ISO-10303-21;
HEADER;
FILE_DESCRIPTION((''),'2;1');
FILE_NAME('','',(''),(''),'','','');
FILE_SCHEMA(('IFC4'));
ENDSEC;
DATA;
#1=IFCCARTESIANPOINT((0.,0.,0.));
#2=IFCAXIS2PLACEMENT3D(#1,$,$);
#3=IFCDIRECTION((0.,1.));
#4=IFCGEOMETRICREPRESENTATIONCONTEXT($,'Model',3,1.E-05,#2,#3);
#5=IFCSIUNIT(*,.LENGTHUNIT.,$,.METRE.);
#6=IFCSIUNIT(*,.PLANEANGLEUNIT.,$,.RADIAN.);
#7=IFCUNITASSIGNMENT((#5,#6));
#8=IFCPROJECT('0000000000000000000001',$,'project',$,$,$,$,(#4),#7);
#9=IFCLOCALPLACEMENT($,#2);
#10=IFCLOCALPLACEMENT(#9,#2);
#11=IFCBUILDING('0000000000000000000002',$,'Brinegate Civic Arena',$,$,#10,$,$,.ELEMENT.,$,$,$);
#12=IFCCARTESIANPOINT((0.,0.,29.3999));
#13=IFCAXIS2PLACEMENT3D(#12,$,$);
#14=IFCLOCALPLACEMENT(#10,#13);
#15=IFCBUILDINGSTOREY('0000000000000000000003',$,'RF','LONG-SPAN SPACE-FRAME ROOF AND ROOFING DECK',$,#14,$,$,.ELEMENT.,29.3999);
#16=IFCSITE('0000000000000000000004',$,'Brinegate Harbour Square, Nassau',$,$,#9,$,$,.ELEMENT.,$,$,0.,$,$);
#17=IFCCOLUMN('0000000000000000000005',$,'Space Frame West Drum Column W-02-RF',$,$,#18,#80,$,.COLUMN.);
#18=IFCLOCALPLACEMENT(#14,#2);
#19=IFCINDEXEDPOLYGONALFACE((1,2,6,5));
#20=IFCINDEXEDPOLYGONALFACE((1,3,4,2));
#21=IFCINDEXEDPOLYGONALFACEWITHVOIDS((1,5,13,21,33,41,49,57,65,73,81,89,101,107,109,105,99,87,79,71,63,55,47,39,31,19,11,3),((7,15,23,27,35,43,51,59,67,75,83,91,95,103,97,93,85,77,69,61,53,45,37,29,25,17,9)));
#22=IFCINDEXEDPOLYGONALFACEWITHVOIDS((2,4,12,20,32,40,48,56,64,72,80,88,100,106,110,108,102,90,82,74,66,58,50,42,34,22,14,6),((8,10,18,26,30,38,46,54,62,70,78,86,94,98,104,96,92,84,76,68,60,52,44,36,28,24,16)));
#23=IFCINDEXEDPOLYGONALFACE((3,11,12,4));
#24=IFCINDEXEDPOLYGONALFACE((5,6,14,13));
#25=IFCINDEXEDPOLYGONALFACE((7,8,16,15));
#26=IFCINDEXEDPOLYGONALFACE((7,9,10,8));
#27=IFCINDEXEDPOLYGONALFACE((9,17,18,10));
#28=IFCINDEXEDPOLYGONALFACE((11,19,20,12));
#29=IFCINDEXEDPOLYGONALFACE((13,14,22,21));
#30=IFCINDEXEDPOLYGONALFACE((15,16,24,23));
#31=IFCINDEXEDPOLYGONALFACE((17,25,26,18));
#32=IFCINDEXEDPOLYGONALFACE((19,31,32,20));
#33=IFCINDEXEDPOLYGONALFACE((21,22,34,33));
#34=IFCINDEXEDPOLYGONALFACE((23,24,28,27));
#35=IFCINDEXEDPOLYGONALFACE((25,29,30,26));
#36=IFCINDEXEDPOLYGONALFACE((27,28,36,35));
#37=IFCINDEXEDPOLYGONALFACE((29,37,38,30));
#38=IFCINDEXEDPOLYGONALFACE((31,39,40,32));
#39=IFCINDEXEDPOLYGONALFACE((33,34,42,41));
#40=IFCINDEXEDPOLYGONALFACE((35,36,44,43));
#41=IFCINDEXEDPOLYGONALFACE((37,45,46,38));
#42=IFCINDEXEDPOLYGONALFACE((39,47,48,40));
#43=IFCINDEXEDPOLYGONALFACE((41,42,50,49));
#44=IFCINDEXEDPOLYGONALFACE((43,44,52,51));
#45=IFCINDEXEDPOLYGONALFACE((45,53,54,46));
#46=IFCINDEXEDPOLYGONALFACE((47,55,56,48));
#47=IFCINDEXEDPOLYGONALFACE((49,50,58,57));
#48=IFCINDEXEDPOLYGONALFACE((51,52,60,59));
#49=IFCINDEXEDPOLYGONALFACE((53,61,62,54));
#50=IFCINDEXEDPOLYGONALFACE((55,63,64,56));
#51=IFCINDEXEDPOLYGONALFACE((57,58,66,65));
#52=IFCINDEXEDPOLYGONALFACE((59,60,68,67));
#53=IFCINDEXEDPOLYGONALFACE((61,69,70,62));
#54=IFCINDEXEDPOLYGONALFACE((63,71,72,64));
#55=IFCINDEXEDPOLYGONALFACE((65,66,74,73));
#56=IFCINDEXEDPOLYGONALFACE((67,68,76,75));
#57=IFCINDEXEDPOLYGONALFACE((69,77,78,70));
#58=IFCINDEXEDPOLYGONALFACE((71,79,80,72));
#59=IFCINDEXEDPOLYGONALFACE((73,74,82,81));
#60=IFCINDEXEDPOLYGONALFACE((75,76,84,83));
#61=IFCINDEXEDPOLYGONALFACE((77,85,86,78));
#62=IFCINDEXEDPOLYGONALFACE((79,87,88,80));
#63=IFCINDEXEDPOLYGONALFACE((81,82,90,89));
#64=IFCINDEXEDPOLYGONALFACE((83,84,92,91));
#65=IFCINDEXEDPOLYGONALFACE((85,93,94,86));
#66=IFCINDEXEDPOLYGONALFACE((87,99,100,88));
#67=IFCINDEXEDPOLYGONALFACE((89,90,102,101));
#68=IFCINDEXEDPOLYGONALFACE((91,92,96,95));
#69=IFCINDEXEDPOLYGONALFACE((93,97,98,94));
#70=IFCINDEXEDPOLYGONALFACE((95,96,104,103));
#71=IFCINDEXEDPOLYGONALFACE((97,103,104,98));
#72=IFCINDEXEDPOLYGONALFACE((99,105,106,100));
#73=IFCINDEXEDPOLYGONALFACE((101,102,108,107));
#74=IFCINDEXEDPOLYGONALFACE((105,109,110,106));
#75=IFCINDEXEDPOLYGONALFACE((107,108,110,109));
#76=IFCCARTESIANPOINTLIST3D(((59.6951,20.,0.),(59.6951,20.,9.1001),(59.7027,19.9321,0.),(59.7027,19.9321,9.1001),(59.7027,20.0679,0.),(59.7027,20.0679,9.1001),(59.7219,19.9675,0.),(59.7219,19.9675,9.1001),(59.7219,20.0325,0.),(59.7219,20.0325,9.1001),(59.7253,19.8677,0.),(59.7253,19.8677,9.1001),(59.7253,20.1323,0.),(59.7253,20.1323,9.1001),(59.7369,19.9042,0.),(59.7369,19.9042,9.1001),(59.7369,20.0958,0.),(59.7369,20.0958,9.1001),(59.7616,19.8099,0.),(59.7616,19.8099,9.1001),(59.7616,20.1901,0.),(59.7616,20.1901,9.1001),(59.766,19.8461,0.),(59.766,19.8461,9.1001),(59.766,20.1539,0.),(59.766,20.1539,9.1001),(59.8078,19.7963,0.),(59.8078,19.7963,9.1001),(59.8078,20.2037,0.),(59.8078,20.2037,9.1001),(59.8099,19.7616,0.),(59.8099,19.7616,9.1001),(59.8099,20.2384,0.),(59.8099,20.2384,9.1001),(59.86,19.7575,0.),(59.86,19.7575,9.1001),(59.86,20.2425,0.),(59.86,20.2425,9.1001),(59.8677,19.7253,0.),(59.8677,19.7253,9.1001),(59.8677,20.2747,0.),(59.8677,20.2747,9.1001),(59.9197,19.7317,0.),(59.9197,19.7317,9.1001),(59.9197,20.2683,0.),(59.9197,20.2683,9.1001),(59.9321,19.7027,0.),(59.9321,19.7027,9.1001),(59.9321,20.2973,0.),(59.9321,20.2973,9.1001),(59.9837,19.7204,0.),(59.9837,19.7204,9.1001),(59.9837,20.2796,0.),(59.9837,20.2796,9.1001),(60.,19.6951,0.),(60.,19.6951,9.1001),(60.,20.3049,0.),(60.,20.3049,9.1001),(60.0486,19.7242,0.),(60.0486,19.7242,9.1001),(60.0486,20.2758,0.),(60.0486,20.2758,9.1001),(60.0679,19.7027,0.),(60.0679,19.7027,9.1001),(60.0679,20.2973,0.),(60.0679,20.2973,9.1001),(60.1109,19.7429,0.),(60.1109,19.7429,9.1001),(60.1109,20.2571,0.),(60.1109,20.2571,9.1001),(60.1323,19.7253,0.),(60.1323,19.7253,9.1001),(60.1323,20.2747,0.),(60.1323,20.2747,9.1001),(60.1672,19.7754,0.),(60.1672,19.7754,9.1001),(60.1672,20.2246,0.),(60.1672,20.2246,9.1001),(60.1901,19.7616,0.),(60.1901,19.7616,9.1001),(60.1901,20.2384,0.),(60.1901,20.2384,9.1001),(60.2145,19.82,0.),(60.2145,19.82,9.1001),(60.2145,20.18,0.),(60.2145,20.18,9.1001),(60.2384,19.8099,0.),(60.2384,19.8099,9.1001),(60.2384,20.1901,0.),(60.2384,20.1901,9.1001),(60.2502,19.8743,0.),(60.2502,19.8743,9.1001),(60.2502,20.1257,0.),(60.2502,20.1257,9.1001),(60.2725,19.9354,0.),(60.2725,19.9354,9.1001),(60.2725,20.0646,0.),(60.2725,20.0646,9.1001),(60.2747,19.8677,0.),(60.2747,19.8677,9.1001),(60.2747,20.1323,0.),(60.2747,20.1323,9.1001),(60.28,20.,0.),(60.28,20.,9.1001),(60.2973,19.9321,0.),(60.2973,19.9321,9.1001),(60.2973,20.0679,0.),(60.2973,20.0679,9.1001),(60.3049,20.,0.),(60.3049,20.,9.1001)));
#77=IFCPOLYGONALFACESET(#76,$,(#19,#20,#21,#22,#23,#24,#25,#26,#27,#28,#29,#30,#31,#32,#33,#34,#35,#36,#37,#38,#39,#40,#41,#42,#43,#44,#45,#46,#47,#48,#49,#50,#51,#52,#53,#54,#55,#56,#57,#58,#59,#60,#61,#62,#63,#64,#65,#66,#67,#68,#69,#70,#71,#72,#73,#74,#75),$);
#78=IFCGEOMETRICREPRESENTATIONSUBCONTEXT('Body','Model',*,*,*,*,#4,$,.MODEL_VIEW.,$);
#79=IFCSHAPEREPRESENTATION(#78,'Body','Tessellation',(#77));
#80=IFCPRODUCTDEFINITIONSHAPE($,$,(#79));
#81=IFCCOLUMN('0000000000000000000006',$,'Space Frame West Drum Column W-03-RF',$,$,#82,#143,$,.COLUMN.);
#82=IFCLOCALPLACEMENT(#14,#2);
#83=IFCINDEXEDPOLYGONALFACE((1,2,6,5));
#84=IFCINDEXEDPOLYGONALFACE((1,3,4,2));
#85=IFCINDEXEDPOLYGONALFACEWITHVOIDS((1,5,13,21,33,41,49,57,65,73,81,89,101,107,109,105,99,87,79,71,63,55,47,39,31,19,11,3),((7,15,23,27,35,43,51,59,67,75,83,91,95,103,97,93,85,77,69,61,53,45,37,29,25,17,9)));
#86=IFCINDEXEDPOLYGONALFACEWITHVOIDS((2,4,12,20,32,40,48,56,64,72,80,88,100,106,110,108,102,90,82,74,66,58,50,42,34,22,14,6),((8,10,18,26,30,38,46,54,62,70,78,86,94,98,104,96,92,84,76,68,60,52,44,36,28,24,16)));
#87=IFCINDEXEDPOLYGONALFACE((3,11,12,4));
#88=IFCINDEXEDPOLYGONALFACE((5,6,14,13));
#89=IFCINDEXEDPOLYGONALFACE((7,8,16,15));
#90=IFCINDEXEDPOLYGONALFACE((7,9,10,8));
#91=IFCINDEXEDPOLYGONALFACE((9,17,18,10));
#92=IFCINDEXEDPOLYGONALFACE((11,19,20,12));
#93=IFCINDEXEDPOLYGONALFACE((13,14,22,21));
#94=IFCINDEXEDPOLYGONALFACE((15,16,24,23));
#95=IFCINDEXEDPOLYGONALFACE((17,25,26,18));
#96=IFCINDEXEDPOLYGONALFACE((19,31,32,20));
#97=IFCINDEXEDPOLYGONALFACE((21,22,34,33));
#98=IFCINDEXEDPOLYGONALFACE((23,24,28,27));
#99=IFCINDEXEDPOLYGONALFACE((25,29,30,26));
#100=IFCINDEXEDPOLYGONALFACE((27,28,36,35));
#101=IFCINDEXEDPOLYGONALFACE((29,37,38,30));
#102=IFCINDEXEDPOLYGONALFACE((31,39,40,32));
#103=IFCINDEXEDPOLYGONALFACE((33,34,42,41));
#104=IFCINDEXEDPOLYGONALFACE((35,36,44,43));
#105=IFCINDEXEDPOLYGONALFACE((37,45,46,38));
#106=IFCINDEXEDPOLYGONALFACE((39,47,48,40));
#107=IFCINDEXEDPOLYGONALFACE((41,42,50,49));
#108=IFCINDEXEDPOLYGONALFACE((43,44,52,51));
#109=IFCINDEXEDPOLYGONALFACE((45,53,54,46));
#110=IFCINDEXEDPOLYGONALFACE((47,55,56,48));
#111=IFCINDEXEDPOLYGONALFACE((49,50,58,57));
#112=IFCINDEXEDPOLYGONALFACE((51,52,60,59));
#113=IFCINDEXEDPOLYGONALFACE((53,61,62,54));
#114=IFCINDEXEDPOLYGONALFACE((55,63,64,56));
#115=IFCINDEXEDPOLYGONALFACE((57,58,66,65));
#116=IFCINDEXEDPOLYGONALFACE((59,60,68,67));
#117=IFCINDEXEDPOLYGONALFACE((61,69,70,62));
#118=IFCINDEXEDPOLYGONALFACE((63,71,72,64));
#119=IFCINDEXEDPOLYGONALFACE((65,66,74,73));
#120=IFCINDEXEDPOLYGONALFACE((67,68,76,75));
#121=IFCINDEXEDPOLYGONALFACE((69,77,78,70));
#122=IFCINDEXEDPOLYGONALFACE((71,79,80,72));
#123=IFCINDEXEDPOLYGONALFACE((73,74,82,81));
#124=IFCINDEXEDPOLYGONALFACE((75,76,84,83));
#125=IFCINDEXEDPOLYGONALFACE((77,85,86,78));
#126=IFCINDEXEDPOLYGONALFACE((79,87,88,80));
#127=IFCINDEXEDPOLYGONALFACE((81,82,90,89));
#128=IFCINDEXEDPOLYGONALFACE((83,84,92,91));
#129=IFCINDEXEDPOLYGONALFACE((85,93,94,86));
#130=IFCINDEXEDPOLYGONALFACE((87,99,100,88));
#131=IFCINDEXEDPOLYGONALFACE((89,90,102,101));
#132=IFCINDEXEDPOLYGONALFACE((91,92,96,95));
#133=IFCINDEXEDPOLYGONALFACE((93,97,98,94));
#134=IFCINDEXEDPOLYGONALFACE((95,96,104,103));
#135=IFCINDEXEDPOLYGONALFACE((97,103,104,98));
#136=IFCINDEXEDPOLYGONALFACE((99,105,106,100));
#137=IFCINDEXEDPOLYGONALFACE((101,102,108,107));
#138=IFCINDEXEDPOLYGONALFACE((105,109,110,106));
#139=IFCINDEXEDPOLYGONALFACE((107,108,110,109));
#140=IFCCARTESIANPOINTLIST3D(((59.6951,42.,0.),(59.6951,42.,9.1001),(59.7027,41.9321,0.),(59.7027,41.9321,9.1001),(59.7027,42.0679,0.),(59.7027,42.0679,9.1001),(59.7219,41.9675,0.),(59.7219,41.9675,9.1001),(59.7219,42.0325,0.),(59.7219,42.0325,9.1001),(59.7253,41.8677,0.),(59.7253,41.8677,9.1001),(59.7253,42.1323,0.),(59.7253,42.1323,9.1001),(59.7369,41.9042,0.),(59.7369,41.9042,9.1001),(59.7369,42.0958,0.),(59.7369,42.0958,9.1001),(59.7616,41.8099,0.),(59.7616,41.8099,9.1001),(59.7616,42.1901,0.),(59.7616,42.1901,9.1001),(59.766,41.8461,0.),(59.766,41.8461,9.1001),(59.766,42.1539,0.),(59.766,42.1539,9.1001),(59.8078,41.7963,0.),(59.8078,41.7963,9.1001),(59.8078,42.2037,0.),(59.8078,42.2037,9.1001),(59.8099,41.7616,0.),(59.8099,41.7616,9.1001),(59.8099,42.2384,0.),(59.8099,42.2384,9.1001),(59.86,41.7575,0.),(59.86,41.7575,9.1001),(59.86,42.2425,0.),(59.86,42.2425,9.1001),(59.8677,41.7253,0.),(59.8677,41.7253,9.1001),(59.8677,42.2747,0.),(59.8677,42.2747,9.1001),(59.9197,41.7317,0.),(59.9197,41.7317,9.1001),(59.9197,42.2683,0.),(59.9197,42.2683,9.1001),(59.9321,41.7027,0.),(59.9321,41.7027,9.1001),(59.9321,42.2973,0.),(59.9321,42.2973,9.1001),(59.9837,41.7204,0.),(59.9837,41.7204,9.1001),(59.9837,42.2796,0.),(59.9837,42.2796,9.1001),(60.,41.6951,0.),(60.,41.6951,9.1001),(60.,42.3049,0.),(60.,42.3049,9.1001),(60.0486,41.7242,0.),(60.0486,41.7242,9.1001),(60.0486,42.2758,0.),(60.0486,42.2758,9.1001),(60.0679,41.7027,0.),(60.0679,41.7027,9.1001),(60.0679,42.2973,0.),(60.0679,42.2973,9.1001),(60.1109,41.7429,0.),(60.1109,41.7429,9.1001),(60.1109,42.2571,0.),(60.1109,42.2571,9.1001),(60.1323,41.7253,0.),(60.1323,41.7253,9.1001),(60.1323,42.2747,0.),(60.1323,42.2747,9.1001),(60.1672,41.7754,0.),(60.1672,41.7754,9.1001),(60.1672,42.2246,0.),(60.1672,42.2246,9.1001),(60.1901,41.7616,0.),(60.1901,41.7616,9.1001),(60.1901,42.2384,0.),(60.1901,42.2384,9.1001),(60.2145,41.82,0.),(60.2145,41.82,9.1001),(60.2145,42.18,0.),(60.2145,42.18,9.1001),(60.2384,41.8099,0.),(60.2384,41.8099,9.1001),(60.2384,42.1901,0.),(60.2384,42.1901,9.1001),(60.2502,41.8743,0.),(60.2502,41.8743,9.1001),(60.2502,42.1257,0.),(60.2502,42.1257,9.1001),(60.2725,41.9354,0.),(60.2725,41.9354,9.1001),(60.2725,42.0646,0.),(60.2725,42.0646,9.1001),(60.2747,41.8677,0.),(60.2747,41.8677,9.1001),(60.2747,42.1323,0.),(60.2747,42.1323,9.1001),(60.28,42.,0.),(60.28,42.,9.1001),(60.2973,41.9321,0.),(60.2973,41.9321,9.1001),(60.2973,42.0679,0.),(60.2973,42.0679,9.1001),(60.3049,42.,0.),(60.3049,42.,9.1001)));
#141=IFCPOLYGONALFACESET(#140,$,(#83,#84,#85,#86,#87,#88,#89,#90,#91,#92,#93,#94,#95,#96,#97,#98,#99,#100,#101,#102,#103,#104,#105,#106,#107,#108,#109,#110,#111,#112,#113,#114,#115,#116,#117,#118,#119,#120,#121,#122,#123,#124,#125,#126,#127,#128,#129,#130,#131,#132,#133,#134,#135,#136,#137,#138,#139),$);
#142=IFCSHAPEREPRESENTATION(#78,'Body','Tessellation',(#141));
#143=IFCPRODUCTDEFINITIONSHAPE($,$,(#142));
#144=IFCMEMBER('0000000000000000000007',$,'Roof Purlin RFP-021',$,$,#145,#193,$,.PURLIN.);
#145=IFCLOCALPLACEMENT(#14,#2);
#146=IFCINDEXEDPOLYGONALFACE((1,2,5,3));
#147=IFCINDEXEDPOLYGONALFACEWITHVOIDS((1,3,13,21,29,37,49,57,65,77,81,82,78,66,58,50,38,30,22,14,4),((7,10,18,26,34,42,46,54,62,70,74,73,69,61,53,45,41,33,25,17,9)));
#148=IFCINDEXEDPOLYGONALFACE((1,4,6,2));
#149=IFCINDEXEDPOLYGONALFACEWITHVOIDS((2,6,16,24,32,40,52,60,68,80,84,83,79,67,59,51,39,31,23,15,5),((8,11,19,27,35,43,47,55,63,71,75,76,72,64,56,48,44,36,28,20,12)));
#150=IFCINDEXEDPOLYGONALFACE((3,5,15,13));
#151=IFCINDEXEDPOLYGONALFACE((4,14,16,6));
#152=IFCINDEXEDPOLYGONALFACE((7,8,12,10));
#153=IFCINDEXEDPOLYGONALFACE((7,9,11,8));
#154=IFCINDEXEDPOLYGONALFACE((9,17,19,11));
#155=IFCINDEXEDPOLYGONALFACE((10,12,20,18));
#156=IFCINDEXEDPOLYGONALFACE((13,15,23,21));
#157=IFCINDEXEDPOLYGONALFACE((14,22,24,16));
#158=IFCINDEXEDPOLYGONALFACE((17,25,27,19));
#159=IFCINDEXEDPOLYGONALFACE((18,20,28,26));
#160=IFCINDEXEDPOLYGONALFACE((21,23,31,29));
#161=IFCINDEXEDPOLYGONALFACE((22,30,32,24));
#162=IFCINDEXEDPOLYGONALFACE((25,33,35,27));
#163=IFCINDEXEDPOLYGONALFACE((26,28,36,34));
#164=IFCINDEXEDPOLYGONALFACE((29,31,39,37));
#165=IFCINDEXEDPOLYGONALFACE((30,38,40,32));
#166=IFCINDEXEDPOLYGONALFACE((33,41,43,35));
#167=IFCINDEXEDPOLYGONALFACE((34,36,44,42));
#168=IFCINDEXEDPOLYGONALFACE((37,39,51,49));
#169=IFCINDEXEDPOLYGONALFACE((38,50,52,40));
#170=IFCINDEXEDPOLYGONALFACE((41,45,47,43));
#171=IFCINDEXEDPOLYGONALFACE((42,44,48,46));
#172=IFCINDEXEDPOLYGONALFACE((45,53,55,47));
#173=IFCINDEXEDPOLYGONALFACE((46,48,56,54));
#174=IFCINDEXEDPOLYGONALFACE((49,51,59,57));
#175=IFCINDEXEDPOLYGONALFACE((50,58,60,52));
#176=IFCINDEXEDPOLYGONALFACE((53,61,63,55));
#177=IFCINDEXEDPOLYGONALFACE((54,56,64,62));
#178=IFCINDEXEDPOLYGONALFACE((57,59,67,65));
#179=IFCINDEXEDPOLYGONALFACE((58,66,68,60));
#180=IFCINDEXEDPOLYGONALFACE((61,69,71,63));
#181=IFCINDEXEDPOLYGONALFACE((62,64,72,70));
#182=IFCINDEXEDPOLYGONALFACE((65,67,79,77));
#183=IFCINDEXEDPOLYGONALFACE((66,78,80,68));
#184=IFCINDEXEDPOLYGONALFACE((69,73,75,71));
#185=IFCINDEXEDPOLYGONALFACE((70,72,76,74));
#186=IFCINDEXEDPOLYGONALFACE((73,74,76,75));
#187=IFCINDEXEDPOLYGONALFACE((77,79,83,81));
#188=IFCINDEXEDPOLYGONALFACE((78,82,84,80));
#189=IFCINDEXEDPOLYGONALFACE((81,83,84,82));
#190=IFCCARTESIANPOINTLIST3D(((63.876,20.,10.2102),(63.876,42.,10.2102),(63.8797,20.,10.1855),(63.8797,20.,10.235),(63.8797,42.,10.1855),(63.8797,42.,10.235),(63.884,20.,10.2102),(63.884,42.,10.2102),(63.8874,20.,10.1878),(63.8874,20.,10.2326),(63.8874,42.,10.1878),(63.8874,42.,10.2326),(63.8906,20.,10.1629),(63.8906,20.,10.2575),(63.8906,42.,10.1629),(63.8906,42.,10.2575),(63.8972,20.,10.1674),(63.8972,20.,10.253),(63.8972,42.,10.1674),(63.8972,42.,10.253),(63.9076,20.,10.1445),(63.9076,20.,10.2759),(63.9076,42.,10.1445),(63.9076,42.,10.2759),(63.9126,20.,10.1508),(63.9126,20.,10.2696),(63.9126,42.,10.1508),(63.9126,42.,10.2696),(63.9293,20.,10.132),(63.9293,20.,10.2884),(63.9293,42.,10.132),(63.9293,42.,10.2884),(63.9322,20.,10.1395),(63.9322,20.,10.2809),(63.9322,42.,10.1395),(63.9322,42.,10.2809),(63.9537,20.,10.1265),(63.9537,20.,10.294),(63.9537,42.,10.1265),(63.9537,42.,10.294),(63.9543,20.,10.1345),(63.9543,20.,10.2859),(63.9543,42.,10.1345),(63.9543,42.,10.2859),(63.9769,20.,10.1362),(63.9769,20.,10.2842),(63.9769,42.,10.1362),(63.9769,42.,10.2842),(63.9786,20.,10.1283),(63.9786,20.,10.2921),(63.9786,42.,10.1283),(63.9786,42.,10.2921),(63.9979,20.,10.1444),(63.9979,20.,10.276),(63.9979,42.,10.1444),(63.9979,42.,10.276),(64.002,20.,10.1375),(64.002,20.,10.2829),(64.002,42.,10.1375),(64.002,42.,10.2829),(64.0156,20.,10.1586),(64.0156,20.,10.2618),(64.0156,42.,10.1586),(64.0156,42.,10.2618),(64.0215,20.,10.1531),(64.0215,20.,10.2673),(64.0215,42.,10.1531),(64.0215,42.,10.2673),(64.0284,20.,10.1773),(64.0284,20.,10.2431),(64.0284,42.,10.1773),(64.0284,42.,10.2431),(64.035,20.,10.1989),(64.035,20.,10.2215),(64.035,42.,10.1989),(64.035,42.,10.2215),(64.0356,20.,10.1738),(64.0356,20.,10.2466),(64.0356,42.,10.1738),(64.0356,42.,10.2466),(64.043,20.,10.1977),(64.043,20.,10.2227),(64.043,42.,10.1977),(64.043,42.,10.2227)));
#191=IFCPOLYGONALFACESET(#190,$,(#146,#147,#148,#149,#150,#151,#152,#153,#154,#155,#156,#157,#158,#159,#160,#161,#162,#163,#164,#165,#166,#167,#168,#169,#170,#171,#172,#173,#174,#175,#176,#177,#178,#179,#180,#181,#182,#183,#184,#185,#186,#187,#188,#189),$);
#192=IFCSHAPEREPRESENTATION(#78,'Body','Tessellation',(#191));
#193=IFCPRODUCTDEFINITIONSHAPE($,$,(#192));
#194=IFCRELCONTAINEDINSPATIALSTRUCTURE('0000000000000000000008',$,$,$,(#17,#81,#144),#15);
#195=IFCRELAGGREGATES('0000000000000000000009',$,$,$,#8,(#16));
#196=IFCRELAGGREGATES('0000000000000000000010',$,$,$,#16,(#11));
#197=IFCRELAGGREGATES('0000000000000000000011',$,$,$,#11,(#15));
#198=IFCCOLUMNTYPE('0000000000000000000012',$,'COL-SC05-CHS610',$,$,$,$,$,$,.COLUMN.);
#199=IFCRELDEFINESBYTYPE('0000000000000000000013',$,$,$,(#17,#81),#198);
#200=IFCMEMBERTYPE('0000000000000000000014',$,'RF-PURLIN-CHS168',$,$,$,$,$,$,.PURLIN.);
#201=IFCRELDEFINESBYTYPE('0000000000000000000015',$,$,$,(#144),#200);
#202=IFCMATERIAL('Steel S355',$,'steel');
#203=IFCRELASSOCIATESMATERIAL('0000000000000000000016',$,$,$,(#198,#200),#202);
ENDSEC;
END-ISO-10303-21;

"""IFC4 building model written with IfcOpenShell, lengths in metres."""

from ifc_helpers import new_model, si_unit, direction, frame, origin, origin_2d, place, context, subcontext, project, spatial, hollow_circle, extrude, material, material_profile, profile_set, type_object, element, save


model = new_model("IFC4")

# Units and contexts
model_context = context("Model", 3, precision=1e-05, world=origin(), true_north=direction((0.0, 1.0)))
body_context = subcontext(model_context, "Body", "Model", "MODEL_VIEW")
ifc_project = project(units=[si_unit("LENGTHUNIT", "METRE"), si_unit("PLANEANGLEUNIT", "RADIAN")], contexts=[model_context])

# Site, building, storey
site_placement = place(None, origin())
site = spatial("IfcSite", under=ifc_project, at=site_placement, Name="Brinegate Harbour Square, Nassau", CompositionType="ELEMENT", RefElevation=0.0)
building_placement = place(site_placement, origin())
building = spatial("IfcBuilding", under=site, at=building_placement, Name="Brinegate Civic Arena", CompositionType="ELEMENT")
storey_placement = place(building_placement, frame((0.0, 0.0, 29.3999)))
storey = spatial("IfcBuildingStorey", under=building, at=storey_placement, Name="RF", Description="LONG-SPAN SPACE-FRAME ROOF AND ROOFING DECK", CompositionType="ELEMENT", Elevation=29.3999)

# Columns
ifc_material_1 = material(Name="Steel S355", Category="steel")
ifc_material_profile_1 = material_profile(ifc_material_1, hollow_circle(Radius=0.3049, WallThickness=0.0249, at=origin_2d()), Name="CHS610X25")
ifc_profile_set_1 = profile_set([ifc_material_profile_1], Name="Steel S355")
column_type = type_object("IfcColumnType", Name="COL-SC05-CHS610", PredefinedType="COLUMN", material=ifc_profile_set_1)
for number, where, z_axis, x_axis, name in (
    (1, (60.0, 20.0, 0.0), (0.0, 0.0, 1.0), (1.0, 0.0, 0.0), "Space Frame West Drum Column W-02-RF"),
    (2, (60.0, 42.0, 0.0), (0.0, 0.0, 1.0), (1.0, 0.0, 0.0), "Space Frame West Drum Column W-03-RF"),
):
    element("IfcColumn", number, at=place(storey_placement, frame(where, z_axis=z_axis, x_axis=x_axis)), inside=storey, type_object=column_type, Name=name, PredefinedType="COLUMN", context=body_context, shape_type="SweptSolid", body=[
        extrude(hollow_circle(Radius=0.3049, WallThickness=0.0249, at=origin_2d()), origin(), (0.0, 0.0, 1.0), 9.1001),
    ])

# Member
ifc_material_profile_2 = material_profile(ifc_material_1, hollow_circle(Radius=0.084, WallThickness=0.0081, at=origin_2d()), Name="CHS168X8")
ifc_profile_set_2 = profile_set([ifc_material_profile_2], Name="Steel S355")
member_type_1 = type_object("IfcMemberType", Name="RF-PURLIN-CHS168", PredefinedType="PURLIN", material=ifc_profile_set_2)
member_1_placement = place(storey_placement, frame((63.96, 20.0, 10.2102), z_axis=(0.0, 1.0, 0.0), x_axis=(-1.0, 0.0, 0.0)))
element("IfcMember", 3, at=member_1_placement, inside=storey, type_object=member_type_1, Name="Roof Purlin RFP-021", PredefinedType="PURLIN", context=body_context, shape_type="SweptSolid", body=[
    extrude(hollow_circle(Radius=0.084, WallThickness=0.0081, at=origin_2d()), origin(), (0.0, 0.0, 1.0), 22.0),
])

save(model, "model.ifc")
